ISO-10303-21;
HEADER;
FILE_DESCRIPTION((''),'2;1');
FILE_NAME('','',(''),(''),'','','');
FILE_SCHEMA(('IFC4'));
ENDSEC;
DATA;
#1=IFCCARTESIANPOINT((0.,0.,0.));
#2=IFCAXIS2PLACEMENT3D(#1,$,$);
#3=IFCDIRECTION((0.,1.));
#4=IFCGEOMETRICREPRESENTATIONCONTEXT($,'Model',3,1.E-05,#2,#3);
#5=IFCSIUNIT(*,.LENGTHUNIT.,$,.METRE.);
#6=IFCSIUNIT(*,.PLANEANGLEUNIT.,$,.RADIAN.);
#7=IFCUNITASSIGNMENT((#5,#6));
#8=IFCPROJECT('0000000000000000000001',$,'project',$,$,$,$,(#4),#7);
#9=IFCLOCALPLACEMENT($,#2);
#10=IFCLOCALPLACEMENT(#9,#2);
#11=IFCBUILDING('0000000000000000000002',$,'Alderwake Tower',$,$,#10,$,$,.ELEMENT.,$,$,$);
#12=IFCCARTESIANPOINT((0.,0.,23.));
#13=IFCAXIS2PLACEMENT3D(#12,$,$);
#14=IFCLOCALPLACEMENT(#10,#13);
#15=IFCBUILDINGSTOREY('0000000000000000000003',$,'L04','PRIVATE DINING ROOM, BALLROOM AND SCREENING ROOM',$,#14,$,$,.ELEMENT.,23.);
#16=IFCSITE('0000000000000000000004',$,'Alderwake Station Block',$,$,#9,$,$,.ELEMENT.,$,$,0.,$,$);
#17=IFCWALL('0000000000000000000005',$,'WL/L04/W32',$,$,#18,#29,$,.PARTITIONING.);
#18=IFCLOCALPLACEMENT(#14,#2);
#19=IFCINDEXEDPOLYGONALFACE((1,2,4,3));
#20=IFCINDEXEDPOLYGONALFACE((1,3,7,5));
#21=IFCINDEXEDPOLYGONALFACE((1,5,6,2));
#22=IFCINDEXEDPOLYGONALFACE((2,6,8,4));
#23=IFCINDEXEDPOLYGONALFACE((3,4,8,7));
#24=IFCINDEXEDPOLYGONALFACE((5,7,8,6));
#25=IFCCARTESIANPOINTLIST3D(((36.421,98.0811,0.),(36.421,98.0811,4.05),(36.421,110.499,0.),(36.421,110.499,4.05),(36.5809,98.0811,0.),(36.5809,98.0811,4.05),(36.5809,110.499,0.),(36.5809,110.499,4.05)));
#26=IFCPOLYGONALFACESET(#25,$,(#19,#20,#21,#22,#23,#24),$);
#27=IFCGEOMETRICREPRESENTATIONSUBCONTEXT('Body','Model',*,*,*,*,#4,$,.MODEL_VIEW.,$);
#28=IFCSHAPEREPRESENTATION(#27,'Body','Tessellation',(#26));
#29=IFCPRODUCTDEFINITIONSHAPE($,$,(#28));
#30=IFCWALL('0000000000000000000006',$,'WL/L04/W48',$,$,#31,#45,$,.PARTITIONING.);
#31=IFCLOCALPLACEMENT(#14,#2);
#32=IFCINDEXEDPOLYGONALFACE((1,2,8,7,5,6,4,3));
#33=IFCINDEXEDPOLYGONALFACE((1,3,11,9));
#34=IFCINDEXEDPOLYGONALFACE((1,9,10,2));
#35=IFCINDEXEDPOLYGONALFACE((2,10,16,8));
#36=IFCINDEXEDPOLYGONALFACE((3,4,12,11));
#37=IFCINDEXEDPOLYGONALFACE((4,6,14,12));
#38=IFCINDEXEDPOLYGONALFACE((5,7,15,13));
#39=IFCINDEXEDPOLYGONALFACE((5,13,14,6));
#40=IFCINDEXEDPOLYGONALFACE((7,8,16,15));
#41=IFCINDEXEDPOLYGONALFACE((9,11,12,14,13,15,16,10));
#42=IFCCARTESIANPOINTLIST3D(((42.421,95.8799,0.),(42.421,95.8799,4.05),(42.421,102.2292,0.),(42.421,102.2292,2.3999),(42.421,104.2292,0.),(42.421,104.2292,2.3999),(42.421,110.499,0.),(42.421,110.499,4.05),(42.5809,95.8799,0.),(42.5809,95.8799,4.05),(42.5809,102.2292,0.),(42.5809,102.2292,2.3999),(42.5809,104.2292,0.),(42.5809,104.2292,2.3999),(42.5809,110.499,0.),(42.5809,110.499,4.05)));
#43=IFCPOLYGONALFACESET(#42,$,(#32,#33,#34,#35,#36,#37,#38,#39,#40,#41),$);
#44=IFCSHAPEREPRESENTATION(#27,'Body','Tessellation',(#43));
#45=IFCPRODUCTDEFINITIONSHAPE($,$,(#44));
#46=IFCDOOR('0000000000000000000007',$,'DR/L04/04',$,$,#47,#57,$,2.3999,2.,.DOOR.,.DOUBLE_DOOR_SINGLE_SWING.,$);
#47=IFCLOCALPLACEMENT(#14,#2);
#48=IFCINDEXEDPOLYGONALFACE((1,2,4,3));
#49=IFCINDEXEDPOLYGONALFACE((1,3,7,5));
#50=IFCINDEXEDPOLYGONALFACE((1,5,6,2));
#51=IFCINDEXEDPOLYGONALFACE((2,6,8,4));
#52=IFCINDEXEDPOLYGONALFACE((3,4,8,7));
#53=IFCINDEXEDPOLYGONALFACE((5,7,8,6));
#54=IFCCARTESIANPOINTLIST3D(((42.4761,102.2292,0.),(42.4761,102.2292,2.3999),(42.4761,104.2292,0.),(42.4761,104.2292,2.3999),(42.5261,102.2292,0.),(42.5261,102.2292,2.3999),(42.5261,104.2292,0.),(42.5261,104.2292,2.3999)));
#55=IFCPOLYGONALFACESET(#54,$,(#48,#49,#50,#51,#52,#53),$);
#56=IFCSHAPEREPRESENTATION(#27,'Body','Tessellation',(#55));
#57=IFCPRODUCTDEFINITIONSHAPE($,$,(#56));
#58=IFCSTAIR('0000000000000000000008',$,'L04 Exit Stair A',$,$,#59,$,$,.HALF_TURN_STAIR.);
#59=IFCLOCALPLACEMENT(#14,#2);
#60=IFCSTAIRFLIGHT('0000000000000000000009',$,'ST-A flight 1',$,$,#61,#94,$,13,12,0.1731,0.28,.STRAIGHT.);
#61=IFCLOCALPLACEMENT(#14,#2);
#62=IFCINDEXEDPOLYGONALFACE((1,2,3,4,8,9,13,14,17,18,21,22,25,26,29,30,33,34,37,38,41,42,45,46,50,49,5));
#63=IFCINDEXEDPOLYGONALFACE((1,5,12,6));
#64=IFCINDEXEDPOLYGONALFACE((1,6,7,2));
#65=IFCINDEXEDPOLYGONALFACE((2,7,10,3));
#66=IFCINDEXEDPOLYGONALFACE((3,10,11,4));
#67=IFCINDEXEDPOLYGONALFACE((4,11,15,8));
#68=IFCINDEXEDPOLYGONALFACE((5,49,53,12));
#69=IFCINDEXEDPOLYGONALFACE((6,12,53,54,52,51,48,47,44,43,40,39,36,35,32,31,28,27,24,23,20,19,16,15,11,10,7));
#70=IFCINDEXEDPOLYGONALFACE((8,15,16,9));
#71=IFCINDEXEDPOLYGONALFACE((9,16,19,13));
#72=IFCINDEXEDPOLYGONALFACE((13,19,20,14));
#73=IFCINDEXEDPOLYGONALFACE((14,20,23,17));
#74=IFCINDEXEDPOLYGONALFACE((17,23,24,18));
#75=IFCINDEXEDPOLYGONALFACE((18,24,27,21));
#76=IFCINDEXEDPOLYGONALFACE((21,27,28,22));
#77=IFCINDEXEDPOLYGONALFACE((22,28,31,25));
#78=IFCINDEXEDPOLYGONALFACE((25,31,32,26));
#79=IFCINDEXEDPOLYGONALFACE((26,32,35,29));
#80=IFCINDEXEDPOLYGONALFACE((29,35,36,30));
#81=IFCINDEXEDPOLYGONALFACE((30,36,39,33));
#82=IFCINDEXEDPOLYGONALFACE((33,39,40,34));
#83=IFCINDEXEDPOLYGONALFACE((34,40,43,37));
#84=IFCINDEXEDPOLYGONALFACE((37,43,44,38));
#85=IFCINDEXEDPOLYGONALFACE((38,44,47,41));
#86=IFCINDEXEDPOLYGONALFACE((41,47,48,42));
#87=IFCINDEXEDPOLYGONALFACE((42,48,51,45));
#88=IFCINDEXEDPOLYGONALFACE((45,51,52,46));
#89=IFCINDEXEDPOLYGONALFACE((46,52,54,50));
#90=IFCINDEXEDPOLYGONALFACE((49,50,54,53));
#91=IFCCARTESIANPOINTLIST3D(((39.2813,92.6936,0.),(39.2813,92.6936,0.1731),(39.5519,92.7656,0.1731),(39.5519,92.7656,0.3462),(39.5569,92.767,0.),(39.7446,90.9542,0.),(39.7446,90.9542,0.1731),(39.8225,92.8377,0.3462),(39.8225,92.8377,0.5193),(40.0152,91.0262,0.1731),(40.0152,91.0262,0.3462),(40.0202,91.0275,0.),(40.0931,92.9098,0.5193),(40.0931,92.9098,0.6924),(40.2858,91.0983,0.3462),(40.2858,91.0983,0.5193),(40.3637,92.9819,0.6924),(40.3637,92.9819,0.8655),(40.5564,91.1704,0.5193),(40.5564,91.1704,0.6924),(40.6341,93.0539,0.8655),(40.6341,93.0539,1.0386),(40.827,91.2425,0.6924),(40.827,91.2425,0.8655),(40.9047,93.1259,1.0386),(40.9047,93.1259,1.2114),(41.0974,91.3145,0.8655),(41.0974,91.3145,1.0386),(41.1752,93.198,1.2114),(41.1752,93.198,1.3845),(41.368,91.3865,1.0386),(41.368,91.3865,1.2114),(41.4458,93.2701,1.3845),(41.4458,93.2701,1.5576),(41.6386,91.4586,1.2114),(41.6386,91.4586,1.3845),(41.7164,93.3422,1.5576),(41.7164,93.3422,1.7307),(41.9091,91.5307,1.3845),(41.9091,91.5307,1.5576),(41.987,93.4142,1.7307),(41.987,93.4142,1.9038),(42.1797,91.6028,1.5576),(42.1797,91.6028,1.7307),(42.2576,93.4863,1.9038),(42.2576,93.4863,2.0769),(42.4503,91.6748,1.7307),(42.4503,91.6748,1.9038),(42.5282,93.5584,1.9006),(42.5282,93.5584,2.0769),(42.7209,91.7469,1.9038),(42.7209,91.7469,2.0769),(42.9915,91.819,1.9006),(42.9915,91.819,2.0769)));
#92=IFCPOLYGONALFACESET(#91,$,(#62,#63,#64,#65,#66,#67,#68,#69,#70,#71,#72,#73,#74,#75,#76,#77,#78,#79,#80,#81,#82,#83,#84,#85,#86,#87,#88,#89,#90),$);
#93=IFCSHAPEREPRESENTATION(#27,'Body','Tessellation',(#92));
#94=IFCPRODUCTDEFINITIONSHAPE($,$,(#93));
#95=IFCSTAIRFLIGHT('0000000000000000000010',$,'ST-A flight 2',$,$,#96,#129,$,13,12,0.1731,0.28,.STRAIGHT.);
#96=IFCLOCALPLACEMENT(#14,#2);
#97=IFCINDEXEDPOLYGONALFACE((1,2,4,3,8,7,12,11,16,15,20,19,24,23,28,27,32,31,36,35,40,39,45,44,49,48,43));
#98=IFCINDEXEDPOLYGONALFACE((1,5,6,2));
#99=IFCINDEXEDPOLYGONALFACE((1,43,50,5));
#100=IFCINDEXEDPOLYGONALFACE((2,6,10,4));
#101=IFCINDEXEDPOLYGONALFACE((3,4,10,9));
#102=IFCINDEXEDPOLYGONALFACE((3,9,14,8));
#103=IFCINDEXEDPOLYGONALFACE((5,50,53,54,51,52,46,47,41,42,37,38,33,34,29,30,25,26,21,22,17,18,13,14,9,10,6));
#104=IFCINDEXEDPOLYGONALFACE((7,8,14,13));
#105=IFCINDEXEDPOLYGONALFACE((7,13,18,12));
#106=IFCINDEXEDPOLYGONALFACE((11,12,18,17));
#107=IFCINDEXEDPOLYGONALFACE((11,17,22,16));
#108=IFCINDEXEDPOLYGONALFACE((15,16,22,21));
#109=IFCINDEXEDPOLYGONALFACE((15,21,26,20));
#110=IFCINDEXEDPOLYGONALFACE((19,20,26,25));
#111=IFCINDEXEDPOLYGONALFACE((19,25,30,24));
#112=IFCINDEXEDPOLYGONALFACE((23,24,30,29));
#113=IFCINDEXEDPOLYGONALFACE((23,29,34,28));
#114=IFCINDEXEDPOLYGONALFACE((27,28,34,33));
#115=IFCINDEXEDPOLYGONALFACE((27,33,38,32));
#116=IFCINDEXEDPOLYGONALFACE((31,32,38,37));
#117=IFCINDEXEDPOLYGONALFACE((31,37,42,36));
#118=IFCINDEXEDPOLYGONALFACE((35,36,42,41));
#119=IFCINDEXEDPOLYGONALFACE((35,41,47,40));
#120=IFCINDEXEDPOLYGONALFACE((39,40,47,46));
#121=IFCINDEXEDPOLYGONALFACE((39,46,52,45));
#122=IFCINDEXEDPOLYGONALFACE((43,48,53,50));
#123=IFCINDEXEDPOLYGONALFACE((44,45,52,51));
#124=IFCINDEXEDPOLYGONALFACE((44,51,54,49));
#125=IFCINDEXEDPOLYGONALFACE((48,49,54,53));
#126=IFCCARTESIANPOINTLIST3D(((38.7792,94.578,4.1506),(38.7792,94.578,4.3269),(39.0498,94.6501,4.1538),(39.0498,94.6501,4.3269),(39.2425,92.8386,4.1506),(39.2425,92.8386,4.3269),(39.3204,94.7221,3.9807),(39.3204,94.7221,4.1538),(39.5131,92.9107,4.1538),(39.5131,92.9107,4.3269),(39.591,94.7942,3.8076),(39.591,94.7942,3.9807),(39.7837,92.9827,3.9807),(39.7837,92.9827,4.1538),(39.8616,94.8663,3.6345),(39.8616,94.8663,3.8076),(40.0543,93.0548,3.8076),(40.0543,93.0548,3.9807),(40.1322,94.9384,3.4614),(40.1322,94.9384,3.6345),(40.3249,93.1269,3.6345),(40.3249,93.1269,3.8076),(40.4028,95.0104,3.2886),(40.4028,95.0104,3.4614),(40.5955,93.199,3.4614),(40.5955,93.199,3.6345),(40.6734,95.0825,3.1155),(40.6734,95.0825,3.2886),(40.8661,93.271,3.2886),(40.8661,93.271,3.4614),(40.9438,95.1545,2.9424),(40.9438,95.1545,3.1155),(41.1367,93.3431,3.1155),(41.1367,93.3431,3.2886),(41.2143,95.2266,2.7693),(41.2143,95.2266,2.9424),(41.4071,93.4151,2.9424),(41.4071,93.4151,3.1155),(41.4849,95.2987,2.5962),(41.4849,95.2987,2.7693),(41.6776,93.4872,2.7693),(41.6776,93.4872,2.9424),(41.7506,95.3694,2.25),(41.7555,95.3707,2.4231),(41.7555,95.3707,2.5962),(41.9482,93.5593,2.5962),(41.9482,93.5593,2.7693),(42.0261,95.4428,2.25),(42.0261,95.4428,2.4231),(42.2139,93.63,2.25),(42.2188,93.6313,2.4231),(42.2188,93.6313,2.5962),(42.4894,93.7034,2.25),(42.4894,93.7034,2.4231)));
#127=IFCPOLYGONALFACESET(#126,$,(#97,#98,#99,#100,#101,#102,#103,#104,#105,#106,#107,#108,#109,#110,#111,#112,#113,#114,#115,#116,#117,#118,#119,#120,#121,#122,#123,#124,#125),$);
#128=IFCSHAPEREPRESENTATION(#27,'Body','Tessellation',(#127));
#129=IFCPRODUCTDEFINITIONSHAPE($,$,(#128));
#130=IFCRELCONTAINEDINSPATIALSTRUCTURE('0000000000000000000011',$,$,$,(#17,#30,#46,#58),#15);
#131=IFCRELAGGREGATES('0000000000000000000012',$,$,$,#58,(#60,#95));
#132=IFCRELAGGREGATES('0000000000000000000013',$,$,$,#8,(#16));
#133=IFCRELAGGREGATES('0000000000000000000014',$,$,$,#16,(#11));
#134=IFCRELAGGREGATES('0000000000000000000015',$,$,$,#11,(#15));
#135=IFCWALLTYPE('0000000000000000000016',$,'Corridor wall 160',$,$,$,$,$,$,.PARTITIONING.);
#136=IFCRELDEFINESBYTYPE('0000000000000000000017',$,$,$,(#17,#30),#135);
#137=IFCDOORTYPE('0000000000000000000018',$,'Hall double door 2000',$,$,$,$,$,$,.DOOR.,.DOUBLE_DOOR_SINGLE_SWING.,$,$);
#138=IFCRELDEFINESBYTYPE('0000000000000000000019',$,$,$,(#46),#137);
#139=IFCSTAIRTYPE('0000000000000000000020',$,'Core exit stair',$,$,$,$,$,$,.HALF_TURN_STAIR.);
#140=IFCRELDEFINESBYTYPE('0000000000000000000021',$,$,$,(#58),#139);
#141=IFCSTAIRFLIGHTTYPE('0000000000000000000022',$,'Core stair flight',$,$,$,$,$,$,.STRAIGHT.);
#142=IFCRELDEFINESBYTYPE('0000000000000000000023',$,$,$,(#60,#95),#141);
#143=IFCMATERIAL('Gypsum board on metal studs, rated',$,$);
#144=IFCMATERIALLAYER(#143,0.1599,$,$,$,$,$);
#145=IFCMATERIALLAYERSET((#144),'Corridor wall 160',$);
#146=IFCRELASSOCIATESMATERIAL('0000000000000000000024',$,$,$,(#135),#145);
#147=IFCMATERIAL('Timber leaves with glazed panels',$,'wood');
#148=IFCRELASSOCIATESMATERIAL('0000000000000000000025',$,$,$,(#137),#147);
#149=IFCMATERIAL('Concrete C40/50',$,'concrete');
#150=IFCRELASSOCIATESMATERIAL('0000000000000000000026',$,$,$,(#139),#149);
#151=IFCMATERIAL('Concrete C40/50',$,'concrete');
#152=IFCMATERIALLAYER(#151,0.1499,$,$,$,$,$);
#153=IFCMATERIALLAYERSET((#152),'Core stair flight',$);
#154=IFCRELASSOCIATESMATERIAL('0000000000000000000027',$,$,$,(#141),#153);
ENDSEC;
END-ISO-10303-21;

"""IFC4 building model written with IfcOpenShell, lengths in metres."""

from ifc_helpers import new_model, si_unit, direction, frame, frame_2d, origin, place, context, subcontext, project, spatial, polyline, rectangle, outline, extrude, material, layer, layer_set, type_object, element, fill, aggregate, save


model = new_model("IFC4")

# Units and contexts
model_context = context("Model", 3, precision=1e-05, world=origin(), true_north=direction((0.0, 1.0)))
body_context = subcontext(model_context, "Body", "Model", "MODEL_VIEW")
ifc_project = project(units=[si_unit("LENGTHUNIT", "METRE"), si_unit("PLANEANGLEUNIT", "RADIAN")], contexts=[model_context])

# Site, building, storey
site_placement = place(None, origin())
site = spatial("IfcSite", under=ifc_project, at=site_placement, Name="Alderwake Station Block", CompositionType="ELEMENT", RefElevation=0.0)
building_placement = place(site_placement, origin())
building = spatial("IfcBuilding", under=site, at=building_placement, Name="Alderwake Tower", CompositionType="ELEMENT")
storey_placement = place(building_placement, frame((0.0, 0.0, 23.0)))
storey = spatial("IfcBuildingStorey", under=building, at=storey_placement, Name="L04", Description="PRIVATE DINING ROOM, BALLROOM AND SCREENING ROOM", CompositionType="ELEMENT", Elevation=23.0)

# Shared definitions
ifc_material_1 = material(Name="Gypsum board on metal studs, rated")
ifc_layer_1 = layer(ifc_material_1, 0.1599)
ifc_layer_set_1 = layer_set([ifc_layer_1], Name="Corridor wall 160")
wall_type_1 = type_object("IfcWallType", Name="Corridor wall 160", PredefinedType="PARTITIONING", material=ifc_layer_set_1)

# Wall
wall_1_placement = place(storey_placement, frame((36.501, 110.499, 0.0), z_axis=(0.0, 0.0, 1.0), x_axis=(0.0, -1.0, 0.0)))
element("IfcWall", 1, at=wall_1_placement, inside=storey, type_object=wall_type_1, Name="WL/L04/W32", PredefinedType="PARTITIONING", context=body_context, shape_type="SweptSolid", body=[
    extrude(rectangle(XDim=12.418, YDim=0.1599, at=frame_2d((6.209, 0.0))), origin(), (0.0, 0.0, 1.0), 4.05),
])

# Wall, opening, door
wall_2_placement = place(storey_placement, frame((42.501, 95.8799, 0.0), z_axis=(0.0, 0.0, 1.0), x_axis=(0.0, 1.0, 0.0)))
wall_2 = element("IfcWall", 2, at=wall_2_placement, inside=storey, type_object=wall_type_1, Name="WL/L04/W48", PredefinedType="PARTITIONING", context=body_context, shape_type="SweptSolid", body=[
    extrude(rectangle(XDim=14.6191, YDim=0.1599, at=frame_2d((7.3096, 0.0))), origin(), (0.0, 0.0, 1.0), 4.05),
])
opening_1_placement = place(wall_2_placement, frame((6.3494, 0.0, 0.0)))
opening_1 = element("IfcOpeningElement", 3, at=opening_1_placement, cuts=wall_2, PredefinedType="OPENING", context=body_context, shape_type="SweptSolid", body=[
    extrude(rectangle(XDim=2.0, YDim=2.3999, at=frame_2d((1.0, 1.2))), frame((0.0, 0.0898, 0.0), z_axis=(0.0, -1.0, 0.0), x_axis=(1.0, 0.0, 0.0)), (0.0, 0.0, 1.0), 0.1799),
])
ifc_material_2 = material(Name="Timber leaves with glazed panels", Category="wood")
door_type_1 = type_object("IfcDoorType", Name="Hall double door 2000", OperationType="DOUBLE_DOOR_SINGLE_SWING", PredefinedType="DOOR", material=ifc_material_2)
door_1_placement = place(opening_1_placement, origin())
door_1 = element("IfcDoor", 4, at=door_1_placement, inside=storey, type_object=door_type_1, Name="DR/L04/04", OperationType="DOUBLE_DOOR_SINGLE_SWING", OverallHeight=2.3999, OverallWidth=2.0, PredefinedType="DOOR", context=body_context, shape_type="SweptSolid", body=[
    extrude(rectangle(XDim=2.0, YDim=2.3999, at=frame_2d((1.0, 1.2))), frame((0.0, 0.0249, 0.0), z_axis=(0.0, -1.0, 0.0), x_axis=(1.0, 0.0, 0.0)), (0.0, 0.0, 1.0), 0.05),
])
fill(opening_1, door_1)

# Stair, stair flights
ifc_material_3 = material(Name="Concrete C40/50", Category="concrete")
stair_type = type_object("IfcStairType", Name="Core exit stair", PredefinedType="HALF_TURN_STAIR", material=ifc_material_3)
stair_placement = place(storey_placement, origin())
stair = element("IfcStair", 5, at=stair_placement, inside=storey, type_object=stair_type, Name="L04 Exit Stair A", PredefinedType="HALF_TURN_STAIR")
ifc_material_4 = material(Name="Concrete C40/50", Category="concrete")
ifc_layer_2 = layer(ifc_material_4, 0.1499)
ifc_layer_set_2 = layer_set([ifc_layer_2], Name="Core stair flight")
stair_flight_type = type_object("IfcStairFlightType", Name="Core stair flight", PredefinedType="STRAIGHT", material=ifc_layer_set_2)
stair_flight_1_placement = place(storey_placement, frame((39.5129, 91.824, 0.0), z_axis=(0.0, 0.0, 1.0), x_axis=(0.96631, 0.257382, 0.0)))
stair_flight_1 = element("IfcStairFlight", 6, at=stair_flight_1_placement, type_object=stair_flight_type, Name="ST-A flight 1", NumberOfRisers=13, NumberOfTreads=12, PredefinedType="STRAIGHT", RiserHeight=0.1731, TreadLength=0.28, context=body_context, shape_type="SweptSolid", body=[
    extrude(outline(polyline([(0.0, 0.0), (0.0, 0.1731), (0.28, 0.1731), (0.28, 0.3462), (0.5601, 0.3462), (0.5601, 0.5193), (0.8401, 0.5193), (0.8401, 0.6924), (1.1201, 0.6924), (1.1201, 0.8655), (1.3999, 0.8655), (1.3999, 1.0386), (1.6799, 1.0386), (1.6799, 1.2114), (1.96, 1.2114), (1.96, 1.3845), (2.24, 1.3845), (2.24, 1.5576), (2.52, 1.5576), (2.52, 1.7307), (2.8, 1.7307), (2.8, 1.9038), (3.0801, 1.9038), (3.0801, 2.0769), (3.3601, 2.0769), (3.3601, 2.25), (3.3601, 1.9006), (0.2852, 0.0), (0.0, 0.0)])), frame((0.0, 0.8999, 0.0), z_axis=(0.0, -1.0, 0.0), x_axis=(1.0, 0.0, 0.0)), (0.0, 0.0, 1.0), 1.8),
])
stair_flight_2_placement = place(storey_placement, frame((42.2578, 94.573, 2.25), z_axis=(0.0, 0.0, 1.0), x_axis=(-0.96631, -0.257382, 0.0)))
stair_flight_2 = element("IfcStairFlight", 7, at=stair_flight_2_placement, type_object=stair_flight_type, Name="ST-A flight 2", NumberOfRisers=13, NumberOfTreads=12, PredefinedType="STRAIGHT", RiserHeight=0.1731, TreadLength=0.28, context=body_context, shape_type="SweptSolid", body=[
    extrude(outline(polyline([(0.0, 0.0), (0.0, 0.1731), (0.28, 0.1731), (0.28, 0.3462), (0.5601, 0.3462), (0.5601, 0.5193), (0.8401, 0.5193), (0.8401, 0.6924), (1.1201, 0.6924), (1.1201, 0.8655), (1.3999, 0.8655), (1.3999, 1.0386), (1.6799, 1.0386), (1.6799, 1.2114), (1.96, 1.2114), (1.96, 1.3845), (2.24, 1.3845), (2.24, 1.5576), (2.52, 1.5576), (2.52, 1.7307), (2.8, 1.7307), (2.8, 1.9038), (3.0801, 1.9038), (3.0801, 2.0769), (3.3601, 2.0769), (3.3601, 2.25), (3.3601, 1.9006), (0.2852, 0.0), (0.0, 0.0)])), frame((0.0, 0.8999, 0.0), z_axis=(0.0, -1.0, 0.0), x_axis=(1.0, 0.0, 0.0)), (0.0, 0.0, 1.0), 1.8),
])
aggregate(stair, [stair_flight_1, stair_flight_2])

save(model, "model.ifc")
